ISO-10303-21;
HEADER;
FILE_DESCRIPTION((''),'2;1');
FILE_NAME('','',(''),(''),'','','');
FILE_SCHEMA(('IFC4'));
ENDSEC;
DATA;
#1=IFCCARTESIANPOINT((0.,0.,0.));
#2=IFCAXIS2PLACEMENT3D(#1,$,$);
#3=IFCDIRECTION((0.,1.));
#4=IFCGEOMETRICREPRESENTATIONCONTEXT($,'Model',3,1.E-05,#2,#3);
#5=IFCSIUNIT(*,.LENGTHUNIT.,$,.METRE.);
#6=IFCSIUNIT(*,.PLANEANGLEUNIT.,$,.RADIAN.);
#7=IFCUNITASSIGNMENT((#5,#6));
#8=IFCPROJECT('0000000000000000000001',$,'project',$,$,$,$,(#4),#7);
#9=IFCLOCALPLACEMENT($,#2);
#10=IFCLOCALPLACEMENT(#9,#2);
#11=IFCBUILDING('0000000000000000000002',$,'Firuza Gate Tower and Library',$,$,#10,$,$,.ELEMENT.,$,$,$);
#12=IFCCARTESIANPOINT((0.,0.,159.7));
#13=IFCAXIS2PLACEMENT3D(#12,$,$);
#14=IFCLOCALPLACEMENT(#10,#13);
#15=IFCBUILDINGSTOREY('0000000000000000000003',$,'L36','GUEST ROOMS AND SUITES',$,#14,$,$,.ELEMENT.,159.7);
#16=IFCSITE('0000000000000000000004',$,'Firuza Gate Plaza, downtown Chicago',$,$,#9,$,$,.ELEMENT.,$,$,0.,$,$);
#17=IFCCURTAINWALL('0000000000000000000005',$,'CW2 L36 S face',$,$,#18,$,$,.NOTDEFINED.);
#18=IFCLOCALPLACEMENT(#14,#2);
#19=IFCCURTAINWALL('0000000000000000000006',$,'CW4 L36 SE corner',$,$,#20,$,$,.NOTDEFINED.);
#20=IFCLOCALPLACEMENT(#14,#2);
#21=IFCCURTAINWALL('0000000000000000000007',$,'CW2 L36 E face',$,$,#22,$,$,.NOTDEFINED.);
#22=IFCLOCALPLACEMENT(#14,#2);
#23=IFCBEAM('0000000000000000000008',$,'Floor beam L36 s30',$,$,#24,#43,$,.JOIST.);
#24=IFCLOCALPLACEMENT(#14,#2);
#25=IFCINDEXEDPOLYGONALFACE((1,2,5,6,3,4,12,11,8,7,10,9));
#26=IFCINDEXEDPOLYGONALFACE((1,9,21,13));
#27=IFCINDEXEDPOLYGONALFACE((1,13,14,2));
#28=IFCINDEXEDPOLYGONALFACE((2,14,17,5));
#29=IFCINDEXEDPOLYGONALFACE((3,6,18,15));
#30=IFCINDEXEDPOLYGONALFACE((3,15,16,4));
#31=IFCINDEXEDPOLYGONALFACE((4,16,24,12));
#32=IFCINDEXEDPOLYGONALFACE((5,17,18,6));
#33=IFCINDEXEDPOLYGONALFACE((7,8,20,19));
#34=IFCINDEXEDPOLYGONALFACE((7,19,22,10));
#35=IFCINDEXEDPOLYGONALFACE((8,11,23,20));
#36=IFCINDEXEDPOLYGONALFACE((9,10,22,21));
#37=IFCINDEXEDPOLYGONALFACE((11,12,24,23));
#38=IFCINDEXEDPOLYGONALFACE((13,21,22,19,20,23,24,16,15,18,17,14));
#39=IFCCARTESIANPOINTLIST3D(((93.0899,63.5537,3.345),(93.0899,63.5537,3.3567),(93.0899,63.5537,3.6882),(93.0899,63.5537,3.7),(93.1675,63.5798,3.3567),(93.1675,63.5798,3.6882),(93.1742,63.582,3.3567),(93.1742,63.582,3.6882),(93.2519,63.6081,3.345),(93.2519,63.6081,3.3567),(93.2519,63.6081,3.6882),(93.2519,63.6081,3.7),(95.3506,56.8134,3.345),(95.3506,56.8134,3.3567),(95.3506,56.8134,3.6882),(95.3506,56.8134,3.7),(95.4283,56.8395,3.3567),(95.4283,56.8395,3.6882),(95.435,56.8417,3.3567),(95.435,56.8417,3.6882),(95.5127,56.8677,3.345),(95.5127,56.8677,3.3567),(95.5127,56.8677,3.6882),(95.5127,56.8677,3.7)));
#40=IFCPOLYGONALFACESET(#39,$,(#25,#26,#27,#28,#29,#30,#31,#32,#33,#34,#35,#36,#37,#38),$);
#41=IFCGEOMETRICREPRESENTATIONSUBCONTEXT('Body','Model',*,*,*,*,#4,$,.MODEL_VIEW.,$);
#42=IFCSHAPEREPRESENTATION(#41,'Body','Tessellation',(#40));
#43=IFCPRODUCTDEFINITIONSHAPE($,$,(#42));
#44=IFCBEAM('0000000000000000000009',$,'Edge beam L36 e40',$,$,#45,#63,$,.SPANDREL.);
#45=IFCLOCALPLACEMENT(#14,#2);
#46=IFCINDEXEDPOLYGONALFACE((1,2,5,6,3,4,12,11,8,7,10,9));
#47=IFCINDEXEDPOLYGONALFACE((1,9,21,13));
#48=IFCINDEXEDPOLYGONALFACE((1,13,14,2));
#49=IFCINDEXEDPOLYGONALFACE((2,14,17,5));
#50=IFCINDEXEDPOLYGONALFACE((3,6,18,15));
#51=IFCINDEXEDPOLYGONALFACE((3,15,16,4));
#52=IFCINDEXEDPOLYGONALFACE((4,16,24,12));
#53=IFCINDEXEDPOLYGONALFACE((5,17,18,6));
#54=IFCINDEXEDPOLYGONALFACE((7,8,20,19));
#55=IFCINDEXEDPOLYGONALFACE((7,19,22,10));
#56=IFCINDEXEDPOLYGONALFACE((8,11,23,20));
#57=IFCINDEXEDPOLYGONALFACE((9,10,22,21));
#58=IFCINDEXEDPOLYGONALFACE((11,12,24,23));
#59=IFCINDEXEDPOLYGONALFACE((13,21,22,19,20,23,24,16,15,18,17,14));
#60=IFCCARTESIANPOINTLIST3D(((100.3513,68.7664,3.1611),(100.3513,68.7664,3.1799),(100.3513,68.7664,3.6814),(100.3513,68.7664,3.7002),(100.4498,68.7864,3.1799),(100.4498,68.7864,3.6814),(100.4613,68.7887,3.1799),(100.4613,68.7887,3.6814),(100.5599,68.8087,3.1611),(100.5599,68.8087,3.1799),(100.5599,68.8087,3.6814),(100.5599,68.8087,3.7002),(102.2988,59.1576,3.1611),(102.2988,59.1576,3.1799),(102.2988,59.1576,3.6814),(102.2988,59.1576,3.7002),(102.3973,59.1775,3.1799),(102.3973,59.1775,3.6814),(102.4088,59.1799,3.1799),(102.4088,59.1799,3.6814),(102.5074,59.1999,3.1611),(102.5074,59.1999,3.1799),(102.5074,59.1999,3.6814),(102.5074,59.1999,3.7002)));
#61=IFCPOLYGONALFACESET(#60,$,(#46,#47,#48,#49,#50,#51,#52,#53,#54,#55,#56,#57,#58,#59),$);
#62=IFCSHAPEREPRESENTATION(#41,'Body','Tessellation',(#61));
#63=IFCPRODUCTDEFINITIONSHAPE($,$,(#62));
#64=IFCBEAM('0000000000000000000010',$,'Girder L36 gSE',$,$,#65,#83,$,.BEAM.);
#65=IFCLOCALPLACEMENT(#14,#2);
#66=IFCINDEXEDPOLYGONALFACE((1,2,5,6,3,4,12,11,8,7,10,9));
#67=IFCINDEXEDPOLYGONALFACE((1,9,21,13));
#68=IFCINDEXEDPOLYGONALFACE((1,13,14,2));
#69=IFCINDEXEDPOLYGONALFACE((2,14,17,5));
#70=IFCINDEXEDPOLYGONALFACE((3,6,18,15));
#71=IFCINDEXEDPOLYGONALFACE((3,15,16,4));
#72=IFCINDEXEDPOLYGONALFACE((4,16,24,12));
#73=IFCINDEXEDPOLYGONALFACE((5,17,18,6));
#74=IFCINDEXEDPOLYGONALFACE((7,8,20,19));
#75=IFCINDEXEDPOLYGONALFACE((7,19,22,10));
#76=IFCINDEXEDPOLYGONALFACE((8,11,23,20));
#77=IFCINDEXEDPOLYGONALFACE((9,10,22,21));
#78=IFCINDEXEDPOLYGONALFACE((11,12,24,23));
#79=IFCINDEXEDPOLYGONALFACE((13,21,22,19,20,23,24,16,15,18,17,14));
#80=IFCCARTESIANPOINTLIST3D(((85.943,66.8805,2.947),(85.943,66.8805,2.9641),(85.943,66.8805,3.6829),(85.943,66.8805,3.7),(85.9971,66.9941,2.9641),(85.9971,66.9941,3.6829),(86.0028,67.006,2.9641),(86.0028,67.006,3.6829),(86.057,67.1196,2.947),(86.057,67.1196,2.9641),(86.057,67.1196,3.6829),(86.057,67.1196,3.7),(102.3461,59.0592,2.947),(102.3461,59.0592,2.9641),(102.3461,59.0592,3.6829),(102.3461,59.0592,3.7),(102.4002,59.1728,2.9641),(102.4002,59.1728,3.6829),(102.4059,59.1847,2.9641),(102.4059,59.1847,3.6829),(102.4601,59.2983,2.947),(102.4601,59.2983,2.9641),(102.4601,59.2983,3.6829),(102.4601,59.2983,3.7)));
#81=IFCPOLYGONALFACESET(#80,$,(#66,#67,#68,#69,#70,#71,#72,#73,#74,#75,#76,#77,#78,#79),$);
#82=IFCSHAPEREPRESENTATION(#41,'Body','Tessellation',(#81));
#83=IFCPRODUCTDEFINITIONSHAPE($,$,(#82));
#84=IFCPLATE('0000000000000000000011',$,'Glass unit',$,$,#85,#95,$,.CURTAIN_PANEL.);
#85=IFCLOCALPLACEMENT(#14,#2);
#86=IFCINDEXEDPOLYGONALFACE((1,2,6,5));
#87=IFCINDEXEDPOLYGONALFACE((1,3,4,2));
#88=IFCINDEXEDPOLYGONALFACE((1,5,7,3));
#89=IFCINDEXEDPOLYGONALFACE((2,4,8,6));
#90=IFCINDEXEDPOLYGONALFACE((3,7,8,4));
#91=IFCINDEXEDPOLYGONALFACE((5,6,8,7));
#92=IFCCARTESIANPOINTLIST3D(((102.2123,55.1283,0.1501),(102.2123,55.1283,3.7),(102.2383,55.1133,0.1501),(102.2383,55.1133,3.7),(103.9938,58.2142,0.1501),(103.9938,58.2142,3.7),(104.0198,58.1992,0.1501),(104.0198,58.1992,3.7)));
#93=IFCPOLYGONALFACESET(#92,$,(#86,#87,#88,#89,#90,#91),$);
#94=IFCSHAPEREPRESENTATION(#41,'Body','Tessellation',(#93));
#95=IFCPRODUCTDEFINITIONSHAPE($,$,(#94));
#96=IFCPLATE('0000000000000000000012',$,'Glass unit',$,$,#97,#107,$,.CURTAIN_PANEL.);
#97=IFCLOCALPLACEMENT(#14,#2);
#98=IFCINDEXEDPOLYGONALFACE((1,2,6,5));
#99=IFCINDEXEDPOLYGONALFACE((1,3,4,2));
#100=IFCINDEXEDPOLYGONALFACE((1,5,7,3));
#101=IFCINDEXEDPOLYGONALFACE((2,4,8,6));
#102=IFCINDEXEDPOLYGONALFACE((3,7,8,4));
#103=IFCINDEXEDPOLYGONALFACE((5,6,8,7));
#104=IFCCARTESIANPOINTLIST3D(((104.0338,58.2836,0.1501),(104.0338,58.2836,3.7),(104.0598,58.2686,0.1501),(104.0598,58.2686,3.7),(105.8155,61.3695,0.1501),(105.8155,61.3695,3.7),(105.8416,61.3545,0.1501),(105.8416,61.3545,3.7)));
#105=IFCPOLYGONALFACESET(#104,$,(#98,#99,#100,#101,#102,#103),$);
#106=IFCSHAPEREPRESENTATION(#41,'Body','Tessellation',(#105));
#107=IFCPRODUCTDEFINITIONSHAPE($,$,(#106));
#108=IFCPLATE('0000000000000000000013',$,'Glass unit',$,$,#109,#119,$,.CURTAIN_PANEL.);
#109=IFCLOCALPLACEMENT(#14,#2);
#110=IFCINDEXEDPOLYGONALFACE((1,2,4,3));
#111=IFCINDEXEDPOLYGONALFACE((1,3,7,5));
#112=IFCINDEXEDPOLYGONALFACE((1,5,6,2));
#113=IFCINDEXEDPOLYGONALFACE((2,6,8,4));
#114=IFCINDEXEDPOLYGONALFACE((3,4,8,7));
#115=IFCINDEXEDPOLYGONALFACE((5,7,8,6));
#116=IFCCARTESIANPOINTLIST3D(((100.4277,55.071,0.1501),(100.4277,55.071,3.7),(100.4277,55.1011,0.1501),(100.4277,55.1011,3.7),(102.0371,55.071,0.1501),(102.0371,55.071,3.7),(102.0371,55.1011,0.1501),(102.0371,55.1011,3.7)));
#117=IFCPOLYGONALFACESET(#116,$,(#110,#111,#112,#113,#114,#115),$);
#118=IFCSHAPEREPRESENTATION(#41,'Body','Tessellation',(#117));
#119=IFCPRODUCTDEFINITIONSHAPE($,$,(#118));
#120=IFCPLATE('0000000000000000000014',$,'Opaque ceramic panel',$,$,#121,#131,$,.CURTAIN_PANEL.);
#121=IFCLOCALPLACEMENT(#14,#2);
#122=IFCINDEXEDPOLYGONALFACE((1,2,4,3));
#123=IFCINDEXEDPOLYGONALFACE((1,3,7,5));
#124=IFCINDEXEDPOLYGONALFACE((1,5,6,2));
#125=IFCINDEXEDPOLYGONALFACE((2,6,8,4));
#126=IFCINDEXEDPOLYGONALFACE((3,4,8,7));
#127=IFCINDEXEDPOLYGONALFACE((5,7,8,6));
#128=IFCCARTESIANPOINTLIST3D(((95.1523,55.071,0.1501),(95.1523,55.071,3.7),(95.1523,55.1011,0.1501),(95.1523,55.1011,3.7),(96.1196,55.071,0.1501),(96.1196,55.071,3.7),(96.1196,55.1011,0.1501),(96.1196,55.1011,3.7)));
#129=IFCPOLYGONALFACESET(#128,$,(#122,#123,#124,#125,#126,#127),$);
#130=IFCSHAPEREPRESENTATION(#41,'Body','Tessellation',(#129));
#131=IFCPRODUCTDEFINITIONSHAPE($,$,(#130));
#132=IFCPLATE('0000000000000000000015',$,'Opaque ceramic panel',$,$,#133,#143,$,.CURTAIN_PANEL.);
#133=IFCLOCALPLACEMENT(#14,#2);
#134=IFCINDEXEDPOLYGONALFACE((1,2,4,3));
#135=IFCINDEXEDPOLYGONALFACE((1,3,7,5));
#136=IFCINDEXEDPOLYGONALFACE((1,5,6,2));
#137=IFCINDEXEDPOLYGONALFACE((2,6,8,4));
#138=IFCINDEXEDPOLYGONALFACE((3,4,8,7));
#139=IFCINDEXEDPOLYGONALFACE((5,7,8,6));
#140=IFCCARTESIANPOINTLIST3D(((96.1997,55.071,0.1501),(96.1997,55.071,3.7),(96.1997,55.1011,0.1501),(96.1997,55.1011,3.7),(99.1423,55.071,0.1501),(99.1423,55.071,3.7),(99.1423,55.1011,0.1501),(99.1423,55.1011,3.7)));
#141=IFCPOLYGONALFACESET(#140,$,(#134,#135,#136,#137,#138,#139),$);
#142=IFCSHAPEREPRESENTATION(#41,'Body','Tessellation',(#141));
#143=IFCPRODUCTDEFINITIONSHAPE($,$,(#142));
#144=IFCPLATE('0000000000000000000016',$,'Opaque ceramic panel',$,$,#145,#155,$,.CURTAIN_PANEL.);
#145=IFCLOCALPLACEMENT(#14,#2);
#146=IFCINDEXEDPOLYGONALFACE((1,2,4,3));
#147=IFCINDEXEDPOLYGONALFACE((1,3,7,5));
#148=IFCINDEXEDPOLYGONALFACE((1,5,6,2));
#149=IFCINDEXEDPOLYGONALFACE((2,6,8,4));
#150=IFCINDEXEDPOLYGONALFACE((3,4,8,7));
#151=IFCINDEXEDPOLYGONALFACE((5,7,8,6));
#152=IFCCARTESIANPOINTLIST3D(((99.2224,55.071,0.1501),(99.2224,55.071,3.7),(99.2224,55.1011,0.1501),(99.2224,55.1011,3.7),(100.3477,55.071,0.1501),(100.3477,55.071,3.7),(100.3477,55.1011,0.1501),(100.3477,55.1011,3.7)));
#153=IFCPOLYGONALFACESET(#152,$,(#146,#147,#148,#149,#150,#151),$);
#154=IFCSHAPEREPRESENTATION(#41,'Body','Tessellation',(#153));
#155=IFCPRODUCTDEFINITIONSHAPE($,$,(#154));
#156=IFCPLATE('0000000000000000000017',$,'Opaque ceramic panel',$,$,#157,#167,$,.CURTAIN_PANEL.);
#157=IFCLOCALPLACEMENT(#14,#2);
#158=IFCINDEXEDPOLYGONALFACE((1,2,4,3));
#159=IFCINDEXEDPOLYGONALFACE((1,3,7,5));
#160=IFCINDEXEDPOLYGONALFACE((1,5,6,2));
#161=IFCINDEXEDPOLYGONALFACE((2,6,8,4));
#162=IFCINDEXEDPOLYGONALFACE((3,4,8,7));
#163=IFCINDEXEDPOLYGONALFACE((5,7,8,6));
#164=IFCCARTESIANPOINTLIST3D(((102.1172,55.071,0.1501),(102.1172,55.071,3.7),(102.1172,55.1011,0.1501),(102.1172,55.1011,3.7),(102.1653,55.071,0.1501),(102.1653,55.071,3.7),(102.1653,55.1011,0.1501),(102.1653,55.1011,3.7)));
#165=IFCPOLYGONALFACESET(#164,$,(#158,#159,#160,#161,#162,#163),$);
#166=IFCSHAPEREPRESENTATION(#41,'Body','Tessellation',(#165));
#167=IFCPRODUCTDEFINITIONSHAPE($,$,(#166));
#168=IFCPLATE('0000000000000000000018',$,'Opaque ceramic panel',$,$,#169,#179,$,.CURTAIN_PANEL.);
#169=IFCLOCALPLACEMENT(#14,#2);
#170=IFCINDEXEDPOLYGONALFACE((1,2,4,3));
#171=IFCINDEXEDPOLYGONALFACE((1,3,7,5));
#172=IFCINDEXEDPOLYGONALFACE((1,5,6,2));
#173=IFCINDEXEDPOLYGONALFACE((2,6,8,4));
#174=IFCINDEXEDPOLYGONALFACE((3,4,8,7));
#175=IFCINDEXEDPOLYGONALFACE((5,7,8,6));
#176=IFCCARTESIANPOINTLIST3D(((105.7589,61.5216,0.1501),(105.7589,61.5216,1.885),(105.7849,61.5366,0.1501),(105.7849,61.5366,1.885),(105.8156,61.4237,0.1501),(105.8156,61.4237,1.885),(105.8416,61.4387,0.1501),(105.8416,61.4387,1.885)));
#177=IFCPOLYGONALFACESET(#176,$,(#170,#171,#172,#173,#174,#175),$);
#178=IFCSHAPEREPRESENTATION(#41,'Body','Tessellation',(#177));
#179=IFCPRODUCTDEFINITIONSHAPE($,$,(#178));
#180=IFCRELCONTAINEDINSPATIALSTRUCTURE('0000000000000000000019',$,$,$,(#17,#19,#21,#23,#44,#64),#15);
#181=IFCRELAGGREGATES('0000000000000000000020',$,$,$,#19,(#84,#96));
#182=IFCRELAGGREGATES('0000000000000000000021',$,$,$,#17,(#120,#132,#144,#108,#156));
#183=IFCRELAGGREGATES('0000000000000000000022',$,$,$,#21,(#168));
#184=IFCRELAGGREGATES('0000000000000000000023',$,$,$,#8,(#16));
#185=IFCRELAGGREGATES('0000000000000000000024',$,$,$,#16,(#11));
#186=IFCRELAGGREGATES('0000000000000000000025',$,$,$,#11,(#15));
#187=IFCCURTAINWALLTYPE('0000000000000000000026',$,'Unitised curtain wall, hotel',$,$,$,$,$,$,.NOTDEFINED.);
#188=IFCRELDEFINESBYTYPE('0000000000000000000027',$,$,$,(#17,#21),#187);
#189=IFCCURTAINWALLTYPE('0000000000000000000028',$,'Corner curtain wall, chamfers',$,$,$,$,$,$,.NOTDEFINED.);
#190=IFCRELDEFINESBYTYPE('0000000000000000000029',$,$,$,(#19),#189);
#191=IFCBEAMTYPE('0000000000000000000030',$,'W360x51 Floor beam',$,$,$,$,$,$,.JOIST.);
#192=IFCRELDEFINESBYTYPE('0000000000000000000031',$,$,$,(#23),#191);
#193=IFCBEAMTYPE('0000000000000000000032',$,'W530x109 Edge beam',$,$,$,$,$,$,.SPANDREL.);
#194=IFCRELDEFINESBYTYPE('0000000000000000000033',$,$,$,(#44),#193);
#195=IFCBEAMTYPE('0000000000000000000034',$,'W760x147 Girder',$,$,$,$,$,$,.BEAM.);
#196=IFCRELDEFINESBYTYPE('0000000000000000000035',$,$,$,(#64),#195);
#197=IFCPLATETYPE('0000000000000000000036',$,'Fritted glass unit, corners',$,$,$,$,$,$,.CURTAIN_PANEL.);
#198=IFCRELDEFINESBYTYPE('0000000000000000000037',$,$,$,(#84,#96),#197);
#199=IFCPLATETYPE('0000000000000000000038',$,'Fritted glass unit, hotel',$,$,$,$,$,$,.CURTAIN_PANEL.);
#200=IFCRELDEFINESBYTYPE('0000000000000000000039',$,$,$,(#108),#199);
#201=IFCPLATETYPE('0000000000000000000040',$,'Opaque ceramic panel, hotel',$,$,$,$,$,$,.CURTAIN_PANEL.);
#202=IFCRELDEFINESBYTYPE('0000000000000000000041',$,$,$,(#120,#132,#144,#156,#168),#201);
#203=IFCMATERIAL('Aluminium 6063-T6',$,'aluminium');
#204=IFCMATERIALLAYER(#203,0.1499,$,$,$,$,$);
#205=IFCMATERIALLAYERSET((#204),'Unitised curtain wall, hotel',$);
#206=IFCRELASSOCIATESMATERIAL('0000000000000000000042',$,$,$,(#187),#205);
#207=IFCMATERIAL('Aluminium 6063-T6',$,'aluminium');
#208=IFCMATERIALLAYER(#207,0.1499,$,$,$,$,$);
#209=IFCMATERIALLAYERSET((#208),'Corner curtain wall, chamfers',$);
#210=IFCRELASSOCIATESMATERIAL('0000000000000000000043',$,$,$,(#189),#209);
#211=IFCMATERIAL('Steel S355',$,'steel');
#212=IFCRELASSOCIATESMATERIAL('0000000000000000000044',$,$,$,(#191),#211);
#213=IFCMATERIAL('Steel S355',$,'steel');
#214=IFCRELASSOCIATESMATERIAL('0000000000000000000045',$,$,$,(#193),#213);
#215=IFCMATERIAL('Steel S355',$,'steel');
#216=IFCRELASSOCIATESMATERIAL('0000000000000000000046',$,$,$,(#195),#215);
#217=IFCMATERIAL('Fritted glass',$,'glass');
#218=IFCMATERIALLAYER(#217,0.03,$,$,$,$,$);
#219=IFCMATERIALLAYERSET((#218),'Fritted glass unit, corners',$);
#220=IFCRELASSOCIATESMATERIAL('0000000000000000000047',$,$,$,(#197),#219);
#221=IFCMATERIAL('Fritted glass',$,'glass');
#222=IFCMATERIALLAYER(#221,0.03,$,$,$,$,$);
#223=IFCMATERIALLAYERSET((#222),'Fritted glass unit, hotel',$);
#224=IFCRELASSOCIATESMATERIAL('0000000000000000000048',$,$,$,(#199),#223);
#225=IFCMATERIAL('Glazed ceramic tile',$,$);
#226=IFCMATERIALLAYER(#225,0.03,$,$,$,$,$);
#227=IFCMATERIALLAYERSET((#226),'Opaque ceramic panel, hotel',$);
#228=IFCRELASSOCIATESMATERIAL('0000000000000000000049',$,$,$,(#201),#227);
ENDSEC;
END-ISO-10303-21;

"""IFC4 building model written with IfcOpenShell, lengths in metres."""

from ifc_helpers import new_model, si_unit, direction, frame, origin, origin_2d, place, context, subcontext, project, spatial, polyline, i_section, outline, extrude, material, layer, layer_set, material_profile, profile_set, type_object, element, aggregate, save


model = new_model("IFC4")

# Units and contexts
model_context = context("Model", 3, precision=1e-05, world=origin(), true_north=direction((0.0, 1.0)))
body_context = subcontext(model_context, "Body", "Model", "MODEL_VIEW")
ifc_project = project(units=[si_unit("LENGTHUNIT", "METRE"), si_unit("PLANEANGLEUNIT", "RADIAN")], contexts=[model_context])

# Site, building, storey
site_placement = place(None, origin())
site = spatial("IfcSite", under=ifc_project, at=site_placement, Name="Firuza Gate Plaza, downtown Chicago", CompositionType="ELEMENT", RefElevation=0.0)
building_placement = place(site_placement, origin())
building = spatial("IfcBuilding", under=site, at=building_placement, Name="Firuza Gate Tower and Library", CompositionType="ELEMENT")
storey_placement = place(building_placement, frame((0.0, 0.0, 159.7)))
storey = spatial("IfcBuildingStorey", under=building, at=storey_placement, Name="L36", Description="GUEST ROOMS AND SUITES", CompositionType="ELEMENT", Elevation=159.7)

# Curtain walls
ifc_material_1 = material(Name="Aluminium 6063-T6", Category="aluminium")
ifc_layer_1 = layer(ifc_material_1, 0.1499)
ifc_layer_set_1 = layer_set([ifc_layer_1], Name="Unitised curtain wall, hotel")
curtain_wall_type_1 = type_object("IfcCurtainWallType", Name="Unitised curtain wall, hotel", PredefinedType="NOTDEFINED", material=ifc_layer_set_1)
placement = place(storey_placement, origin())
curtain_wall_1 = element("IfcCurtainWall", 1, at=placement, inside=storey, type_object=curtain_wall_type_1, Name="CW2 L36 S face", PredefinedType="NOTDEFINED")
ifc_material_2 = material(Name="Aluminium 6063-T6", Category="aluminium")
ifc_layer_2 = layer(ifc_material_2, 0.1499)
ifc_layer_set_2 = layer_set([ifc_layer_2], Name="Corner curtain wall, chamfers")
curtain_wall_type_2 = type_object("IfcCurtainWallType", Name="Corner curtain wall, chamfers", PredefinedType="NOTDEFINED", material=ifc_layer_set_2)
curtain_wall_2 = element("IfcCurtainWall", 2, at=placement, inside=storey, type_object=curtain_wall_type_2, Name="CW4 L36 SE corner", PredefinedType="NOTDEFINED")
curtain_wall_3 = element("IfcCurtainWall", 3, at=placement, inside=storey, type_object=curtain_wall_type_1, Name="CW2 L36 E face", PredefinedType="NOTDEFINED")

# Beams
ifc_material_3 = material(Name="Steel S355", Category="steel")
ifc_material_profile_1 = material_profile(ifc_material_3, i_section(OverallWidth=0.1709, OverallDepth=0.355, WebThickness=0.0071, FlangeThickness=0.0117, at=origin_2d()))
ifc_profile_set_1 = profile_set([ifc_material_profile_1], Name="Steel S355")
beam_type_1 = type_object("IfcBeamType", Name="W360x51 Floor beam", PredefinedType="JOIST", material=ifc_profile_set_1)
beam_1_placement = place(storey_placement, frame((95.4316, 56.8406, 3.5225), z_axis=(-0.317999, 0.948091, 0.0), x_axis=(-0.948091, -0.317999, 0.0)))
element("IfcBeam", 4, at=beam_1_placement, inside=storey, type_object=beam_type_1, Name="Floor beam L36 s30", PredefinedType="JOIST", context=body_context, shape_type="SweptSolid", body=[
    extrude(i_section(OverallWidth=0.1709, OverallDepth=0.355, WebThickness=0.0071, FlangeThickness=0.0117, at=origin_2d()), origin(), (0.0, 0.0, 1.0), 7.1094),
])
ifc_material_4 = material(Name="Steel S355", Category="steel")
ifc_material_profile_2 = material_profile(ifc_material_4, i_section(OverallWidth=0.2129, OverallDepth=0.5391, WebThickness=0.0117, FlangeThickness=0.0188, at=origin_2d()))
ifc_profile_set_2 = profile_set([ifc_material_profile_2], Name="Steel S355")
beam_type_2 = type_object("IfcBeamType", Name="W530x109 Edge beam", PredefinedType="SPANDREL", material=ifc_profile_set_2)
beam_2_placement = place(storey_placement, frame((102.4031, 59.1787, 3.4307), z_axis=(-0.198639, 0.980073, 0.0), x_axis=(-0.980073, -0.198639, 0.0)))
element("IfcBeam", 5, at=beam_2_placement, inside=storey, type_object=beam_type_2, Name="Edge beam L36 e40", PredefinedType="SPANDREL", context=body_context, shape_type="SweptSolid", body=[
    extrude(i_section(OverallWidth=0.2129, OverallDepth=0.5391, WebThickness=0.0117, FlangeThickness=0.0188, at=origin_2d()), origin(), (0.0, 0.0, 1.0), 9.8042),
])
ifc_material_5 = material(Name="Steel S355", Category="steel")
ifc_material_profile_3 = material_profile(ifc_material_5, i_section(OverallWidth=0.2649, OverallDepth=0.7529, WebThickness=0.0132, FlangeThickness=0.0171, at=origin_2d()))
ifc_profile_set_3 = profile_set([ifc_material_profile_3], Name="Steel S355")
beam_type_3 = type_object("IfcBeamType", Name="W760x147 Girder", PredefinedType="BEAM", material=ifc_profile_set_3)
beam_3_placement = place(storey_placement, frame((102.4031, 59.1787, 3.3235), z_axis=(-0.90264, 0.430396, 0.0), x_axis=(-0.430396, -0.90264, 0.0)))
element("IfcBeam", 6, at=beam_3_placement, inside=storey, type_object=beam_type_3, Name="Girder L36 gSE", PredefinedType="BEAM", context=body_context, shape_type="SweptSolid", body=[
    extrude(i_section(OverallWidth=0.2649, OverallDepth=0.7529, WebThickness=0.0132, FlangeThickness=0.0171, at=origin_2d()), origin(), (0.0, 0.0, 1.0), 18.1724),
])

# Plates
ifc_material_6 = material(Name="Fritted glass", Category="glass")
ifc_layer_3 = layer(ifc_material_6, 0.03)
ifc_layer_set_3 = layer_set([ifc_layer_3], Name="Fritted glass unit, corners")
plate_type_1 = type_object("IfcPlateType", Name="Fritted glass unit, corners", PredefinedType="CURTAIN_PANEL", material=ifc_layer_set_3)
plate_1_placement = place(storey_placement, frame((102.2383, 55.1133, 0.1501), z_axis=(0.866046, -0.499964, 0.0), x_axis=(0.499964, 0.866046, 0.0)))
plate_1 = element("IfcPlate", 7, at=plate_1_placement, type_object=plate_type_1, Name="Glass unit", PredefinedType="CURTAIN_PANEL", context=body_context, shape_type="SweptSolid", body=[
    extrude(outline(polyline([(0.0, 0.0), (3.5632, 0.0), (3.5632, 3.5498), (0.0, 3.5498), (0.0, 0.0)])), origin(), (0.0, 0.0, -1.0), 0.03),
])
plate_2_placement = place(storey_placement, frame((104.0598, 58.2686, 0.1501), z_axis=(0.866017, -0.500015, 0.0), x_axis=(0.500015, 0.866017, 0.0)))
plate_2 = element("IfcPlate", 8, at=plate_2_placement, type_object=plate_type_1, Name="Glass unit", PredefinedType="CURTAIN_PANEL", context=body_context, shape_type="SweptSolid", body=[
    extrude(outline(polyline([(0.0, 0.0), (3.5634, 0.0), (3.5634, 3.5498), (0.0, 3.5498), (0.0, 0.0)])), origin(), (0.0, 0.0, -1.0), 0.03),
])
aggregate(curtain_wall_2, [plate_1, plate_2])
ifc_material_7 = material(Name="Fritted glass", Category="glass")
ifc_layer_4 = layer(ifc_material_7, 0.03)
ifc_layer_set_4 = layer_set([ifc_layer_4], Name="Fritted glass unit, hotel")
plate_type_2 = type_object("IfcPlateType", Name="Fritted glass unit, hotel", PredefinedType="CURTAIN_PANEL", material=ifc_layer_set_4)
plate_3_placement = place(storey_placement, frame((100.4277, 55.071, 0.1501), z_axis=(0.0, -1.0, 0.0), x_axis=(1.0, 0.0, 0.0)))
plate_3 = element("IfcPlate", 9, at=plate_3_placement, type_object=plate_type_2, Name="Glass unit", PredefinedType="CURTAIN_PANEL", context=body_context, shape_type="SweptSolid", body=[
    extrude(outline(polyline([(0.0, 0.0), (1.6094, 0.0), (1.6094, 3.5498), (0.0, 3.5498), (0.0, 0.0)])), origin(), (0.0, 0.0, -1.0), 0.03),
])
ifc_material_8 = material(Name="Glazed ceramic tile")
ifc_layer_5 = layer(ifc_material_8, 0.03)
ifc_layer_set_5 = layer_set([ifc_layer_5], Name="Opaque ceramic panel, hotel")
plate_type_3 = type_object("IfcPlateType", Name="Opaque ceramic panel, hotel", PredefinedType="CURTAIN_PANEL", material=ifc_layer_set_5)
plate_4_placement = place(storey_placement, frame((95.1523, 55.071, 0.1501), z_axis=(0.0, -1.0, 0.0), x_axis=(1.0, 0.0, 0.0)))
plate_4 = element("IfcPlate", 10, at=plate_4_placement, type_object=plate_type_3, Name="Opaque ceramic panel", PredefinedType="CURTAIN_PANEL", context=body_context, shape_type="SweptSolid", body=[
    extrude(outline(polyline([(0.0, 0.0), (0.9673, 0.0), (0.9673, 3.5498), (0.0, 3.5498), (0.0, 0.0)])), origin(), (0.0, 0.0, -1.0), 0.03),
])
plate_5_placement = place(storey_placement, frame((96.1997, 55.071, 0.1501), z_axis=(0.0, -1.0, 0.0), x_axis=(1.0, 0.0, 0.0)))
plate_5 = element("IfcPlate", 11, at=plate_5_placement, type_object=plate_type_3, Name="Opaque ceramic panel", PredefinedType="CURTAIN_PANEL", context=body_context, shape_type="SweptSolid", body=[
    extrude(outline(polyline([(0.0, 0.0), (2.9426, 0.0), (2.9426, 3.5498), (0.0, 3.5498), (0.0, 0.0)])), origin(), (0.0, 0.0, -1.0), 0.03),
])
plate_6_placement = place(storey_placement, frame((99.2224, 55.071, 0.1501), z_axis=(0.0, -1.0, 0.0), x_axis=(1.0, 0.0, 0.0)))
plate_6 = element("IfcPlate", 12, at=plate_6_placement, type_object=plate_type_3, Name="Opaque ceramic panel", PredefinedType="CURTAIN_PANEL", context=body_context, shape_type="SweptSolid", body=[
    extrude(outline(polyline([(0.0, 0.0), (1.1252, 0.0), (1.1252, 3.5498), (0.0, 3.5498), (0.0, 0.0)])), origin(), (0.0, 0.0, -1.0), 0.03),
])
plate_7_placement = place(storey_placement, frame((102.1172, 55.071, 0.1501), z_axis=(0.0, -1.0, 0.0), x_axis=(1.0, 0.0, 0.0)))
plate_7 = element("IfcPlate", 13, at=plate_7_placement, type_object=plate_type_3, Name="Opaque ceramic panel", PredefinedType="CURTAIN_PANEL", context=body_context, shape_type="SweptSolid", body=[
    extrude(outline(polyline([(0.0, 0.0), (0.0481, 0.0), (0.0481, 3.5498), (0.0, 3.5498), (0.0, 0.0)])), origin(), (0.0, 0.0, -1.0), 0.03),
])
aggregate(curtain_wall_1, [plate_4, plate_5, plate_6, plate_3, plate_7])
plate_8_placement = place(storey_placement, frame((105.8416, 61.4387, 0.1501), z_axis=(0.865574, 0.500781, 0.0), x_axis=(-0.500781, 0.865574, 0.0)))
plate_8 = element("IfcPlate", 14, at=plate_8_placement, type_object=plate_type_3, Name="Opaque ceramic panel", PredefinedType="CURTAIN_PANEL", context=body_context, shape_type="SweptSolid", body=[
    extrude(outline(polyline([(0.0, 0.0), (0.1131, 0.0), (0.1131, 1.7349), (0.0, 1.7349), (0.0, 0.0)])), origin(), (0.0, 0.0, -1.0), 0.03),
])
aggregate(curtain_wall_3, [plate_8])

save(model, "model.ifc")
